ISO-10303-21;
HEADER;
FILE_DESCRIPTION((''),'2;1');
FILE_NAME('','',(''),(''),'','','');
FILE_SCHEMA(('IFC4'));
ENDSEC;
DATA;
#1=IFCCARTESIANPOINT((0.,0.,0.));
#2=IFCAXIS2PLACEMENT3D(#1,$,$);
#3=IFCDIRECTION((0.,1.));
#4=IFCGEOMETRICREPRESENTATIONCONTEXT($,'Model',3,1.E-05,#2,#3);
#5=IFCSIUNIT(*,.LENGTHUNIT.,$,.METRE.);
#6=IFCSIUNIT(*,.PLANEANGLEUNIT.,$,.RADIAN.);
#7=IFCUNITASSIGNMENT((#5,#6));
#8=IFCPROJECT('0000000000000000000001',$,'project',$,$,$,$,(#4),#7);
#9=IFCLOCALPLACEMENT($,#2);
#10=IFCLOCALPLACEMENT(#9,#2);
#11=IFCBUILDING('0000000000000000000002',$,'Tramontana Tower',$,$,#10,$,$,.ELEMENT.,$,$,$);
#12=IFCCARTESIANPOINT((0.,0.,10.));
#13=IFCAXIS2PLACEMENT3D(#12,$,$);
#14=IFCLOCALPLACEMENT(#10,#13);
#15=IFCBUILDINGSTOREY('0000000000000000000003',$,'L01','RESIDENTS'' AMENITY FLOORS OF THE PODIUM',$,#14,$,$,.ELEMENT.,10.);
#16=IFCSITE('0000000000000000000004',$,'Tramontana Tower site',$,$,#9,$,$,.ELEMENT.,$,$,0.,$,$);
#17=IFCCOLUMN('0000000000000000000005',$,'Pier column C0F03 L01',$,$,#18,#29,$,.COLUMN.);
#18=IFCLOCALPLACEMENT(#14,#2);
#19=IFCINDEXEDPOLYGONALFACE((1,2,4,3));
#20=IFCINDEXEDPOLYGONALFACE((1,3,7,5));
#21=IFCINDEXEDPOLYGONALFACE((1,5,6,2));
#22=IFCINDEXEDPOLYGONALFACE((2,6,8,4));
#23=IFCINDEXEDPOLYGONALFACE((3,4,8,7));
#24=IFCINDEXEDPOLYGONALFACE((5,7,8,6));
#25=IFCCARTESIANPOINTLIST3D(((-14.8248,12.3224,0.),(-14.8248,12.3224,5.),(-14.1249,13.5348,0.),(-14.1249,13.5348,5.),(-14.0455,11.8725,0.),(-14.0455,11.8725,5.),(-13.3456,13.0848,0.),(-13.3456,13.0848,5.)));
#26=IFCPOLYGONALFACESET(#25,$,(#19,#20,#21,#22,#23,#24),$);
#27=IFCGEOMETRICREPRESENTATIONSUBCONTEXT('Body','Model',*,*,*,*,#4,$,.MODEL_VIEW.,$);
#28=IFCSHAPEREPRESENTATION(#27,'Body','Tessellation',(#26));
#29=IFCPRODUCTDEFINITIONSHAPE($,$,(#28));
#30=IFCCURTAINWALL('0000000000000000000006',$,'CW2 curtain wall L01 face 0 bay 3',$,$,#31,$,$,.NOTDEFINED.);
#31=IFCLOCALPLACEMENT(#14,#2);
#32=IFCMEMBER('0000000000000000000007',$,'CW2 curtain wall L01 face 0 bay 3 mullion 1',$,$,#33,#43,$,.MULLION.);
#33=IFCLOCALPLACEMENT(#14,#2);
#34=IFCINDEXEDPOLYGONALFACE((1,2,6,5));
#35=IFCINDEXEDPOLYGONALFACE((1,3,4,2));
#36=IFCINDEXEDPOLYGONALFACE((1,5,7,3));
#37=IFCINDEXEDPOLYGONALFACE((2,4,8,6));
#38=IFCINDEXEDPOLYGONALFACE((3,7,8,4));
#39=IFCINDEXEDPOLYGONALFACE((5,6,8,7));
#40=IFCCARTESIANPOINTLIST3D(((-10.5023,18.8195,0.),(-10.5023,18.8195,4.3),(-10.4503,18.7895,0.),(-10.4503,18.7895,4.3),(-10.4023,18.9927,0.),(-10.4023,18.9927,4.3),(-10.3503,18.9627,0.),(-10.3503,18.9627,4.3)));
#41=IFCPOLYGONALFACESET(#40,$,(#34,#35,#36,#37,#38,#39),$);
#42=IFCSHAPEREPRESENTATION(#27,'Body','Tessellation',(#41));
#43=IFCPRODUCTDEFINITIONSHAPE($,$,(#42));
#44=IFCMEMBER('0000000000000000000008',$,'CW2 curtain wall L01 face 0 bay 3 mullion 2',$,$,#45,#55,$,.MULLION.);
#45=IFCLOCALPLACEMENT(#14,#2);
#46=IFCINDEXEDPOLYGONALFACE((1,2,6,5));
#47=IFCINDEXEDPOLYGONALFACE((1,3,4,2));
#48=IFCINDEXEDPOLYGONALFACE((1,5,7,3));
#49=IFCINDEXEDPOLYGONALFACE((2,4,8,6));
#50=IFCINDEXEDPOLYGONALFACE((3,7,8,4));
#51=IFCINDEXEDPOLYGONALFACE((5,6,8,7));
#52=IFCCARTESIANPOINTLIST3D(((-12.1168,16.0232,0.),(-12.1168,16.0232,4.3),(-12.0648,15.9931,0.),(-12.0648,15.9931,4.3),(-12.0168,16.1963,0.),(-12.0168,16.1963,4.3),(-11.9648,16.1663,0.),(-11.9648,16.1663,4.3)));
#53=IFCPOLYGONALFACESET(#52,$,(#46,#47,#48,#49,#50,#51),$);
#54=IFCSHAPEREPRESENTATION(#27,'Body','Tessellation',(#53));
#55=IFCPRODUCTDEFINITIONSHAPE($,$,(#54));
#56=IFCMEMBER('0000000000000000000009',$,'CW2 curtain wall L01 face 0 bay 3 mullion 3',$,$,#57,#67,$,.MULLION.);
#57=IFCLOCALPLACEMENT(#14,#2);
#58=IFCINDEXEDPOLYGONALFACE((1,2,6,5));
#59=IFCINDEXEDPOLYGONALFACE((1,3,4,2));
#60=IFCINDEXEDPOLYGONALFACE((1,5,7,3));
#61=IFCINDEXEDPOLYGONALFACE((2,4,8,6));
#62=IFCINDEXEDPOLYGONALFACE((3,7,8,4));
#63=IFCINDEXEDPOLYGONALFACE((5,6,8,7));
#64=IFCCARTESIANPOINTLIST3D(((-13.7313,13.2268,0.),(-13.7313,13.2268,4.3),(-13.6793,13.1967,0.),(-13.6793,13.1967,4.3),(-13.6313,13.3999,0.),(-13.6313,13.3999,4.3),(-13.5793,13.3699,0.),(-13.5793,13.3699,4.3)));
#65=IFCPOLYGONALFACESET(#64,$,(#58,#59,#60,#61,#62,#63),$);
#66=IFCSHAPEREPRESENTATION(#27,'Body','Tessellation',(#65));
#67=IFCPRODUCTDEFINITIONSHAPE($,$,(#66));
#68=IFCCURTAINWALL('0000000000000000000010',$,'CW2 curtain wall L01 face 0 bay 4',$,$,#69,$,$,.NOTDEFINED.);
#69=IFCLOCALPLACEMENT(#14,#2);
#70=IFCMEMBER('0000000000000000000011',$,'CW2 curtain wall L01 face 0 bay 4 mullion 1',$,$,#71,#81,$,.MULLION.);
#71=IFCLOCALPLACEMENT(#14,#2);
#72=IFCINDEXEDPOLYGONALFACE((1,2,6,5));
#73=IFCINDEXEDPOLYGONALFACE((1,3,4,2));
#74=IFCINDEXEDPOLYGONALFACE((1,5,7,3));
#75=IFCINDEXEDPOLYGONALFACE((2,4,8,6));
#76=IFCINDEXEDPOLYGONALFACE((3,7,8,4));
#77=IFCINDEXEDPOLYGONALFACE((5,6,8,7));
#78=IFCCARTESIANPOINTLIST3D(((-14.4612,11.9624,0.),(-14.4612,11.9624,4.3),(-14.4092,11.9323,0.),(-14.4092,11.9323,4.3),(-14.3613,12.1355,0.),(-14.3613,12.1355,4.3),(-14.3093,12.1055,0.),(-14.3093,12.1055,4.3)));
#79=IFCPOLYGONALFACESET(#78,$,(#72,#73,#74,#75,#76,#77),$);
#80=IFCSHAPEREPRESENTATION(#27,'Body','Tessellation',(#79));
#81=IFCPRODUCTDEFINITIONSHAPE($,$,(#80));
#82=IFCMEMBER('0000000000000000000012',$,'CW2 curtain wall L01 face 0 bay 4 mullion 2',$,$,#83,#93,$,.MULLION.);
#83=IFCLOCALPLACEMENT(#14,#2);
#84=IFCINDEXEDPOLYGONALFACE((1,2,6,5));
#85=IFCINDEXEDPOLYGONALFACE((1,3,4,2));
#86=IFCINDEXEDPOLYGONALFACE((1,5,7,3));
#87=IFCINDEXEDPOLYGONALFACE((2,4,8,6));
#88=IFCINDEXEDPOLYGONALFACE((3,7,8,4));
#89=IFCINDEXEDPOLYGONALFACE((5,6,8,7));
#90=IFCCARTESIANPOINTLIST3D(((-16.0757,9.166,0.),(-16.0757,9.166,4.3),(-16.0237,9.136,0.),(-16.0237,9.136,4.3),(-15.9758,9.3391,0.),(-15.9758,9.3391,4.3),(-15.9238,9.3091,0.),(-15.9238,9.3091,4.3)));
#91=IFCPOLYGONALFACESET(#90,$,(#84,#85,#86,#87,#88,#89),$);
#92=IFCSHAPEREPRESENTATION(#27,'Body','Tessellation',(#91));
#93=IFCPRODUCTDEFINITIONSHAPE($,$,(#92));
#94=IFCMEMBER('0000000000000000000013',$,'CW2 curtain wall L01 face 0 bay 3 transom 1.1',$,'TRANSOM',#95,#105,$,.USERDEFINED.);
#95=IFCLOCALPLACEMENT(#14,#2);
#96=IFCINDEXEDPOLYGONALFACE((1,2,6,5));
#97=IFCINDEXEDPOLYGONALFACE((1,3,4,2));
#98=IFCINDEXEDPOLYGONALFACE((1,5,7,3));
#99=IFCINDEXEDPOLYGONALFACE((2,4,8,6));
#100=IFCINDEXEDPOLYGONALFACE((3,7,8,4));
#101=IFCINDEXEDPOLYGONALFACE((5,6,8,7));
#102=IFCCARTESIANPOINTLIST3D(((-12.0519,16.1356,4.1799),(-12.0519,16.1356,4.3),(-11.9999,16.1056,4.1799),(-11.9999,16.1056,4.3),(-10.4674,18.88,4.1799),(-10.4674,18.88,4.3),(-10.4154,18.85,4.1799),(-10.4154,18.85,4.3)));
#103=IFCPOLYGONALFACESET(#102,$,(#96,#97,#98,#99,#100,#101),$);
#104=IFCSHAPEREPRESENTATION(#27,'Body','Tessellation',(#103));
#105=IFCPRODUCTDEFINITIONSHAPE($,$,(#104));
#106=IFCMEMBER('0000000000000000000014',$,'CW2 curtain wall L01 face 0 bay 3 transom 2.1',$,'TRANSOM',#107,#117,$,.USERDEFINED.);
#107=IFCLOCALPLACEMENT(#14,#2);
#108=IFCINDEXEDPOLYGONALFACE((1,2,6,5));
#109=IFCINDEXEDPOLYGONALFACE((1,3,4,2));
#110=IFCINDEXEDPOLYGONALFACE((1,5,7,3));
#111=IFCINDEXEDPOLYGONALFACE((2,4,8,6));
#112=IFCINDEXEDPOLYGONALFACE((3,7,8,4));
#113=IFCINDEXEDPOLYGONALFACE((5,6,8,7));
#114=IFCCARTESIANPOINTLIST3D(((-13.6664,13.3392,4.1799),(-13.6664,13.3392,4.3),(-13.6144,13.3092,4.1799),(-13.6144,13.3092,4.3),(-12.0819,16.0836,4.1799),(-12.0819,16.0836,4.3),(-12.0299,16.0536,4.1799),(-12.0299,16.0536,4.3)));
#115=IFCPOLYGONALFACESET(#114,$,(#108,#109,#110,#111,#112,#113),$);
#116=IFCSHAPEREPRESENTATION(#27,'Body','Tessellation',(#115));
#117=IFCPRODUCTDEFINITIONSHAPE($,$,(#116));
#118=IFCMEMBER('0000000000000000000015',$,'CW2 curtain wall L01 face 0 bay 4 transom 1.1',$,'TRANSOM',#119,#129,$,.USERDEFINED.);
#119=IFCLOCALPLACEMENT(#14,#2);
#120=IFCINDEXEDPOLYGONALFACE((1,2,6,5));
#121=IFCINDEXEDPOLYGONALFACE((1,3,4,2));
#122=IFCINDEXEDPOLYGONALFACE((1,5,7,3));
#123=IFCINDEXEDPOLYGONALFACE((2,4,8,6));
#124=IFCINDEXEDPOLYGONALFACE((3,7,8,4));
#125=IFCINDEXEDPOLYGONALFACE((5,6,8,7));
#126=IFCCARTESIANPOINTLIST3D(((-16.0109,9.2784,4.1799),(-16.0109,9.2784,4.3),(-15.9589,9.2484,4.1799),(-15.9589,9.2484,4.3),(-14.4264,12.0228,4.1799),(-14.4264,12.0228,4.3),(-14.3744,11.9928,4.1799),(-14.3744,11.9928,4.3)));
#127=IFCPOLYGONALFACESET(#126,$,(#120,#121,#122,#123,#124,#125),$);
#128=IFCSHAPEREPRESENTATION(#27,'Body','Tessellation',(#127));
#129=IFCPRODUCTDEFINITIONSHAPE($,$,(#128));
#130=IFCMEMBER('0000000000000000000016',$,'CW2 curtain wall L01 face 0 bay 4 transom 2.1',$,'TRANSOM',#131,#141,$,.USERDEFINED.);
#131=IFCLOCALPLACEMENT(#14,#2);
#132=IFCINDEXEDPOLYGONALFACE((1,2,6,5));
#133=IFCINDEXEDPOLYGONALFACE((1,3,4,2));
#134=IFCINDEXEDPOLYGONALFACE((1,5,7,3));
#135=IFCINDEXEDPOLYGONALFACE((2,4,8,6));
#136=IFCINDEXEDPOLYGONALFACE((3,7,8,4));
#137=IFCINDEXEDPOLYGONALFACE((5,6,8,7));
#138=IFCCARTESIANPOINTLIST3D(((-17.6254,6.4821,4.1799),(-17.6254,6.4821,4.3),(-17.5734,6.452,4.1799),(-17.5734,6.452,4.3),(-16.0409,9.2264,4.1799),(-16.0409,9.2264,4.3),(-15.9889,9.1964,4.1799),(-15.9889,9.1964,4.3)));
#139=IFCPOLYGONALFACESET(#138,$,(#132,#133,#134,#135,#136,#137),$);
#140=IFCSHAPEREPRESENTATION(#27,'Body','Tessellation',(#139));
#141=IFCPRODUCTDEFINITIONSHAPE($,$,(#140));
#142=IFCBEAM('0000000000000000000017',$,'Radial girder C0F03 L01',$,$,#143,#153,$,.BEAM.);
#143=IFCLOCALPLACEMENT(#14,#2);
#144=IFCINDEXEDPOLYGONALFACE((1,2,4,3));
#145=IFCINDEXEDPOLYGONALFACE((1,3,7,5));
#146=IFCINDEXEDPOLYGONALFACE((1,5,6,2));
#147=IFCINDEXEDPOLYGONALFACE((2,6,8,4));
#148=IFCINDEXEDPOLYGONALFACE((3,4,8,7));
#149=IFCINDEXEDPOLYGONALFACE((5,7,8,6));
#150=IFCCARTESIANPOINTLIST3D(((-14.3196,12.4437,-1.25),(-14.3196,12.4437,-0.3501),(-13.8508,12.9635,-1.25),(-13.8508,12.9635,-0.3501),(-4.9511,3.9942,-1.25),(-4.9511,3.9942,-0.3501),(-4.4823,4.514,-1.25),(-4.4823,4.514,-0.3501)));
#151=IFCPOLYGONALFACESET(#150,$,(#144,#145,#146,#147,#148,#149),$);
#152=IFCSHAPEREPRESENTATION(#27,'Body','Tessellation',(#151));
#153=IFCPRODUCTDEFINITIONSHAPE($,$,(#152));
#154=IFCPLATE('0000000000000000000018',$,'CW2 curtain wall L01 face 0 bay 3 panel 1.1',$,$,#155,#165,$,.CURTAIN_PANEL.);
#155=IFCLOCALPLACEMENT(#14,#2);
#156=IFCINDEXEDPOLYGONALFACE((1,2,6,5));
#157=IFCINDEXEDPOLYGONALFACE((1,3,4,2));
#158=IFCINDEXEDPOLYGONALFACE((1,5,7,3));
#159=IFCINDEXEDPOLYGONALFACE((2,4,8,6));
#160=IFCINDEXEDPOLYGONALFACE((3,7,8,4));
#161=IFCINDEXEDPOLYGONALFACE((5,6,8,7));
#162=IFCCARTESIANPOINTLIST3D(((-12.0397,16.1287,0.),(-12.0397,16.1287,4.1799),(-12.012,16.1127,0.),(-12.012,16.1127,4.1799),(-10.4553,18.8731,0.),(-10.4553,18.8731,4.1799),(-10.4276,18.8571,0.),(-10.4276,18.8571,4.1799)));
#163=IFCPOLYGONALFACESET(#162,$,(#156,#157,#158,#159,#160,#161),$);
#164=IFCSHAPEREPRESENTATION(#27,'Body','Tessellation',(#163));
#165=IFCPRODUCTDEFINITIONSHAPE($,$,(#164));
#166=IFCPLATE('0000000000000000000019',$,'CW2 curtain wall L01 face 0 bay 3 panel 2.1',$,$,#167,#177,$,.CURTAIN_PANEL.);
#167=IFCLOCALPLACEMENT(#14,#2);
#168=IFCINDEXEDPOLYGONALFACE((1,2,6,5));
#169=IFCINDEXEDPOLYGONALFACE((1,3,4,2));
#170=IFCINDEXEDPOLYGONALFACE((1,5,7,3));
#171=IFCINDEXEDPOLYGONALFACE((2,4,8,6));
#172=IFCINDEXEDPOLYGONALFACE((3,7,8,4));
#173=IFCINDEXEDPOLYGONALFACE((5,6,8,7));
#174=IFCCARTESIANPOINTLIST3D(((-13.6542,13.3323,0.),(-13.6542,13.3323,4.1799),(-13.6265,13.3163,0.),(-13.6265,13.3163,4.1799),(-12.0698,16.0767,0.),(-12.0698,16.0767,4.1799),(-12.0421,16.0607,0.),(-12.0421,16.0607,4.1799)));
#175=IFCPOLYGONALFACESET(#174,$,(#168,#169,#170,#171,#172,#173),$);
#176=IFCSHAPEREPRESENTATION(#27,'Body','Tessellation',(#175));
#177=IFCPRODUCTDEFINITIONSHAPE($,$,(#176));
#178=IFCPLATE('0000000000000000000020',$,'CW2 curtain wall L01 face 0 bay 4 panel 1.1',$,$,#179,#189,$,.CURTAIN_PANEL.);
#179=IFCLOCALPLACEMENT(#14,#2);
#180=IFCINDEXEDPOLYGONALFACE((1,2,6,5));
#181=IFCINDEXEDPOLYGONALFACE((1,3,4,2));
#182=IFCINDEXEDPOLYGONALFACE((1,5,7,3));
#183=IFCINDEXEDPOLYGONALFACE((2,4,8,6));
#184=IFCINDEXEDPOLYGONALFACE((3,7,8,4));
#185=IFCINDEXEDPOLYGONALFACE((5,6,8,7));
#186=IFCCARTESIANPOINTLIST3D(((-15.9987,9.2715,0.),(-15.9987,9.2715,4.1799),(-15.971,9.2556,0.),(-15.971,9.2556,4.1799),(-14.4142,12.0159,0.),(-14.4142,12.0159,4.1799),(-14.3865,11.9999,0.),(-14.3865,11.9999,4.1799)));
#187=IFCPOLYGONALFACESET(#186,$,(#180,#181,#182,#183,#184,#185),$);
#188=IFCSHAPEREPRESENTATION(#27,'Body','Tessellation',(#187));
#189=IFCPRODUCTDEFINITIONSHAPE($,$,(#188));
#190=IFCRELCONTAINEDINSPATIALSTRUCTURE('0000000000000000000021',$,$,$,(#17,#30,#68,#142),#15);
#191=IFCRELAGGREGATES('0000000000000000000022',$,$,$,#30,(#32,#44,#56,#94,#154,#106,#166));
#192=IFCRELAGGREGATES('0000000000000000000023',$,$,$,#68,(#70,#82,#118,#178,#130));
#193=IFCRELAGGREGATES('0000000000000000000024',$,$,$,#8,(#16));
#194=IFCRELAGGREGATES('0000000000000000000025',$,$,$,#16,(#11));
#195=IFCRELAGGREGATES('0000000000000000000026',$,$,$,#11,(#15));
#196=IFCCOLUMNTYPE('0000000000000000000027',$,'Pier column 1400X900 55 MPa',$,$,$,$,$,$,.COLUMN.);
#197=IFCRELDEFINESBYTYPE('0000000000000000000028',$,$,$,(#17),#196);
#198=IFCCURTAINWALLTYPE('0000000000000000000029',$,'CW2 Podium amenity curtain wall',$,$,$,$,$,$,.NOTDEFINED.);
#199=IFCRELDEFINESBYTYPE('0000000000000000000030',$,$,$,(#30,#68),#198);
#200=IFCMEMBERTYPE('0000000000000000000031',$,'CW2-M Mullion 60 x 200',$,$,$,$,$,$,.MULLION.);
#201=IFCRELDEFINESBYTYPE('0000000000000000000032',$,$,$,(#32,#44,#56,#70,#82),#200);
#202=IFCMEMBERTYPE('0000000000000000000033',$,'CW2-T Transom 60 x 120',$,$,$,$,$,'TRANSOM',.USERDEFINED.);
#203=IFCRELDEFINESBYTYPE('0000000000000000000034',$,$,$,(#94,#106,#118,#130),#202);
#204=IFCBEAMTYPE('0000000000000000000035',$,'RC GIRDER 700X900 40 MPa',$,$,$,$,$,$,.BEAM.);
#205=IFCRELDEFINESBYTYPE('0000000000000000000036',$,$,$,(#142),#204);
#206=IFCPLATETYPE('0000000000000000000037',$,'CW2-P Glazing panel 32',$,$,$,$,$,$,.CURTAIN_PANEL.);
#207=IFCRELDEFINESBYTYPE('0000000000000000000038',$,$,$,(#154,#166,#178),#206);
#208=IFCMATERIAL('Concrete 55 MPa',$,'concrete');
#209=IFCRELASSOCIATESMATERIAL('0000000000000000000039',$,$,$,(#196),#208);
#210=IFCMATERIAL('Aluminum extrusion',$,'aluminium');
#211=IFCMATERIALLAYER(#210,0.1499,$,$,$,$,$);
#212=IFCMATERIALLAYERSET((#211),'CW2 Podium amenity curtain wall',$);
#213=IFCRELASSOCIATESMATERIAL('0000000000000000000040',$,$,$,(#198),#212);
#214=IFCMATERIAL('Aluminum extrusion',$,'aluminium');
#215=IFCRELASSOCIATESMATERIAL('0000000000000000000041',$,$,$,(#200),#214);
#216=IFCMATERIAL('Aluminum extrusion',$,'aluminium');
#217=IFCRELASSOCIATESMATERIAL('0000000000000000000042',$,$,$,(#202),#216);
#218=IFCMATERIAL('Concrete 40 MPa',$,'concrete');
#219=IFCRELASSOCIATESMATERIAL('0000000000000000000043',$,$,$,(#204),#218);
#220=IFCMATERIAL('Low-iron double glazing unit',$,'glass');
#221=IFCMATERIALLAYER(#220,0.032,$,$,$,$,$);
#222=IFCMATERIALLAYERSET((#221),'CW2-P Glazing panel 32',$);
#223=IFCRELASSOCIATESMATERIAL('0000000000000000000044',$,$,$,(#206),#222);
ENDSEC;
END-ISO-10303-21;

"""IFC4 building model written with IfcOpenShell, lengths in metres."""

from ifc_helpers import new_model, si_unit, direction, frame, origin, origin_2d, place, context, subcontext, project, spatial, rectangle, extrude, material, layer, layer_set, material_profile, profile_set, type_object, element, aggregate, save


model = new_model("IFC4")

# Units and contexts
model_context = context("Model", 3, precision=1e-05, world=origin(), true_north=direction((0.0, 1.0)))
body_context = subcontext(model_context, "Body", "Model", "MODEL_VIEW")
ifc_project = project(units=[si_unit("LENGTHUNIT", "METRE"), si_unit("PLANEANGLEUNIT", "RADIAN")], contexts=[model_context])

# Site, building, storey
site_placement = place(None, origin())
site = spatial("IfcSite", under=ifc_project, at=site_placement, Name="Tramontana Tower site", CompositionType="ELEMENT", RefElevation=0.0)
building_placement = place(site_placement, origin())
building = spatial("IfcBuilding", under=site, at=building_placement, Name="Tramontana Tower", CompositionType="ELEMENT")
storey_placement = place(building_placement, frame((0.0, 0.0, 10.0)))
storey = spatial("IfcBuildingStorey", under=building, at=storey_placement, Name="L01", Description="RESIDENTS' AMENITY FLOORS OF THE PODIUM", CompositionType="ELEMENT", Elevation=10.0)

# Column
ifc_material_1 = material(Name="Concrete 55 MPa", Category="concrete")
ifc_material_profile_1 = material_profile(ifc_material_1, rectangle(XDim=1.3999, YDim=0.8999, at=origin_2d()), Name="Pier column 1400X900 55 MPa")
ifc_profile_set_1 = profile_set([ifc_material_profile_1], Name="Concrete 55 MPa")
column_type = type_object("IfcColumnType", Name="Pier column 1400X900 55 MPa", PredefinedType="COLUMN", material=ifc_profile_set_1)
column_placement = place(storey_placement, frame((-14.0852, 12.7036, 0.0), z_axis=(0.0, 0.0, 1.0), x_axis=(-0.5, -0.866025, 0.0)))
element("IfcColumn", 1, at=column_placement, inside=storey, type_object=column_type, Name="Pier column C0F03 L01", PredefinedType="COLUMN", context=body_context, shape_type="SweptSolid", body=[
    extrude(rectangle(XDim=1.3999, YDim=0.8999, at=origin_2d()), origin(), (0.0, 0.0, 1.0), 5.0),
])

# Curtain walls, members
ifc_material_2 = material(Name="Aluminum extrusion", Category="aluminium")
ifc_layer_1 = layer(ifc_material_2, 0.1499)
ifc_layer_set_1 = layer_set([ifc_layer_1], Name="CW2 Podium amenity curtain wall")
curtain_wall_type = type_object("IfcCurtainWallType", Name="CW2 Podium amenity curtain wall", PredefinedType="NOTDEFINED", material=ifc_layer_set_1)
curtain_wall_1_placement = place(storey_placement, origin())
curtain_wall_1 = element("IfcCurtainWall", 2, at=curtain_wall_1_placement, inside=storey, type_object=curtain_wall_type, Name="CW2 curtain wall L01 face 0 bay 3", PredefinedType="NOTDEFINED")
ifc_material_3 = material(Name="Aluminum extrusion", Category="aluminium")
ifc_material_profile_2 = material_profile(ifc_material_3, rectangle(XDim=0.0601, YDim=0.2, at=origin_2d()), Name="CW2-M Mullion 60 x 200")
ifc_profile_set_2 = profile_set([ifc_material_profile_2], Name="Aluminum extrusion")
member_type_1 = type_object("IfcMemberType", Name="CW2-M Mullion 60 x 200", PredefinedType="MULLION", material=ifc_profile_set_2)
member_1_placement = place(storey_placement, frame((-10.4263, 18.8911, 0.0), z_axis=(0.0, 0.0, 1.0), x_axis=(0.866025, -0.5, 0.0)))
member_1 = element("IfcMember", 3, at=member_1_placement, type_object=member_type_1, Name="CW2 curtain wall L01 face 0 bay 3 mullion 1", PredefinedType="MULLION", context=body_context, shape_type="SweptSolid", body=[
    extrude(rectangle(XDim=0.0601, YDim=0.2, at=origin_2d()), origin(), (0.0, 0.0, 1.0), 4.3),
])
member_2_placement = place(storey_placement, frame((-12.0408, 16.0947, 0.0), z_axis=(0.0, 0.0, 1.0), x_axis=(0.866025, -0.5, 0.0)))
member_2 = element("IfcMember", 4, at=member_2_placement, type_object=member_type_1, Name="CW2 curtain wall L01 face 0 bay 3 mullion 2", PredefinedType="MULLION", context=body_context, shape_type="SweptSolid", body=[
    extrude(rectangle(XDim=0.0601, YDim=0.2, at=origin_2d()), origin(), (0.0, 0.0, 1.0), 4.3),
])
member_3_placement = place(storey_placement, frame((-13.6553, 13.2983, 0.0), z_axis=(0.0, 0.0, 1.0), x_axis=(0.866025, -0.5, 0.0)))
member_3 = element("IfcMember", 5, at=member_3_placement, type_object=member_type_1, Name="CW2 curtain wall L01 face 0 bay 3 mullion 3", PredefinedType="MULLION", context=body_context, shape_type="SweptSolid", body=[
    extrude(rectangle(XDim=0.0601, YDim=0.2, at=origin_2d()), origin(), (0.0, 0.0, 1.0), 4.3),
])
curtain_wall_2_placement = place(storey_placement, origin())
curtain_wall_2 = element("IfcCurtainWall", 6, at=curtain_wall_2_placement, inside=storey, type_object=curtain_wall_type, Name="CW2 curtain wall L01 face 0 bay 4", PredefinedType="NOTDEFINED")
member_4_placement = place(storey_placement, frame((-14.3853, 12.0339, 0.0), z_axis=(0.0, 0.0, 1.0), x_axis=(0.866025, -0.5, 0.0)))
member_4 = element("IfcMember", 7, at=member_4_placement, type_object=member_type_1, Name="CW2 curtain wall L01 face 0 bay 4 mullion 1", PredefinedType="MULLION", context=body_context, shape_type="SweptSolid", body=[
    extrude(rectangle(XDim=0.0601, YDim=0.2, at=origin_2d()), origin(), (0.0, 0.0, 1.0), 4.3),
])
member_5_placement = place(storey_placement, frame((-15.9998, 9.2375, 0.0), z_axis=(0.0, 0.0, 1.0), x_axis=(0.866025, -0.5, 0.0)))
member_5 = element("IfcMember", 8, at=member_5_placement, type_object=member_type_1, Name="CW2 curtain wall L01 face 0 bay 4 mullion 2", PredefinedType="MULLION", context=body_context, shape_type="SweptSolid", body=[
    extrude(rectangle(XDim=0.0601, YDim=0.2, at=origin_2d()), origin(), (0.0, 0.0, 1.0), 4.3),
])

# Members
ifc_material_4 = material(Name="Aluminum extrusion", Category="aluminium")
ifc_material_profile_3 = material_profile(ifc_material_4, rectangle(XDim=0.0601, YDim=0.1201, at=origin_2d()), Name="CW2-T Transom 60 x 120")
ifc_profile_set_3 = profile_set([ifc_material_profile_3], Name="Aluminum extrusion")
member_type_2 = type_object("IfcMemberType", Name="CW2-T Transom 60 x 120", ElementType="TRANSOM", PredefinedType="USERDEFINED", material=ifc_profile_set_3)
member_6_placement = place(storey_placement, frame((-10.4414, 18.865, 4.24), z_axis=(-0.5, -0.866025, 0.0), x_axis=(0.866025, -0.5, 0.0)))
member_6 = element("IfcMember", 9, at=member_6_placement, type_object=member_type_2, Name="CW2 curtain wall L01 face 0 bay 3 transom 1.1", ObjectType="TRANSOM", PredefinedType="USERDEFINED", context=body_context, shape_type="SweptSolid", body=[
    extrude(rectangle(XDim=0.0601, YDim=0.1201, at=origin_2d()), origin(), (0.0, 0.0, 1.0), 3.1689),
])
member_7_placement = place(storey_placement, frame((-12.0559, 16.0686, 4.24), z_axis=(-0.5, -0.866025, 0.0), x_axis=(0.866025, -0.5, 0.0)))
member_7 = element("IfcMember", 10, at=member_7_placement, type_object=member_type_2, Name="CW2 curtain wall L01 face 0 bay 3 transom 2.1", ObjectType="TRANSOM", PredefinedType="USERDEFINED", context=body_context, shape_type="SweptSolid", body=[
    extrude(rectangle(XDim=0.0601, YDim=0.1201, at=origin_2d()), origin(), (0.0, 0.0, 1.0), 3.1689),
])
member_8_placement = place(storey_placement, frame((-14.4004, 12.0078, 4.24), z_axis=(-0.5, -0.866025, 0.0), x_axis=(0.866025, -0.5, 0.0)))
member_8 = element("IfcMember", 11, at=member_8_placement, type_object=member_type_2, Name="CW2 curtain wall L01 face 0 bay 4 transom 1.1", ObjectType="TRANSOM", PredefinedType="USERDEFINED", context=body_context, shape_type="SweptSolid", body=[
    extrude(rectangle(XDim=0.0601, YDim=0.1201, at=origin_2d()), origin(), (0.0, 0.0, 1.0), 3.1689),
])
member_9_placement = place(storey_placement, frame((-16.0149, 9.2114, 4.24), z_axis=(-0.5, -0.866025, 0.0), x_axis=(0.866025, -0.5, 0.0)))
member_9 = element("IfcMember", 12, at=member_9_placement, type_object=member_type_2, Name="CW2 curtain wall L01 face 0 bay 4 transom 2.1", ObjectType="TRANSOM", PredefinedType="USERDEFINED", context=body_context, shape_type="SweptSolid", body=[
    extrude(rectangle(XDim=0.0601, YDim=0.1201, at=origin_2d()), origin(), (0.0, 0.0, 1.0), 3.1689),
])

# Beam
ifc_material_5 = material(Name="Concrete 40 MPa", Category="concrete")
ifc_material_profile_4 = material_profile(ifc_material_5, rectangle(XDim=0.7, YDim=0.8999, at=origin_2d()), Name="RC GIRDER 700X900 40 MPa")
ifc_profile_set_4 = profile_set([ifc_material_profile_4], Name="Concrete 40 MPa")
beam_type = type_object("IfcBeamType", Name="RC GIRDER 700X900 40 MPa", PredefinedType="BEAM", material=ifc_profile_set_4)
beam_placement = place(storey_placement, frame((-14.0852, 12.7036, -0.8), z_axis=(0.742588, -0.669748, 0.0), x_axis=(0.669748, 0.742588, 0.0)))
element("IfcBeam", 13, at=beam_placement, inside=storey, type_object=beam_type, Name="Radial girder C0F03 L01", PredefinedType="BEAM", context=body_context, shape_type="SweptSolid", body=[
    extrude(rectangle(XDim=0.7, YDim=0.8999, at=origin_2d()), origin(), (0.0, 0.0, 1.0), 12.616),
])

# Plates
ifc_material_6 = material(Name="Low-iron double glazing unit", Category="glass")
ifc_layer_2 = layer(ifc_material_6, 0.032)
ifc_layer_set_2 = layer_set([ifc_layer_2], Name="CW2-P Glazing panel 32")
plate_type = type_object("IfcPlateType", Name="CW2-P Glazing panel 32", PredefinedType="CURTAIN_PANEL", material=ifc_layer_set_2)
plate_1_placement = place(storey_placement, frame((-11.2336, 17.4929, 0.0), z_axis=(0.0, 0.0, 1.0), x_axis=(-0.5, -0.866025, 0.0)))
plate_1 = element("IfcPlate", 14, at=plate_1_placement, type_object=plate_type, Name="CW2 curtain wall L01 face 0 bay 3 panel 1.1", PredefinedType="CURTAIN_PANEL", context=body_context, shape_type="SweptSolid", body=[
    extrude(rectangle(XDim=3.1689, YDim=0.032, at=origin_2d()), origin(), (0.0, 0.0, 1.0), 4.1799),
])
plate_2_placement = place(storey_placement, frame((-12.8481, 14.6965, 0.0), z_axis=(0.0, 0.0, 1.0), x_axis=(-0.5, -0.866025, 0.0)))
plate_2 = element("IfcPlate", 15, at=plate_2_placement, type_object=plate_type, Name="CW2 curtain wall L01 face 0 bay 3 panel 2.1", PredefinedType="CURTAIN_PANEL", context=body_context, shape_type="SweptSolid", body=[
    extrude(rectangle(XDim=3.1689, YDim=0.032, at=origin_2d()), origin(), (0.0, 0.0, 1.0), 4.1799),
])
aggregate(curtain_wall_1, [member_1, member_2, member_3, member_6, plate_1, member_7, plate_2])
plate_3_placement = place(storey_placement, frame((-15.1926, 10.6357, 0.0), z_axis=(0.0, 0.0, 1.0), x_axis=(-0.5, -0.866025, 0.0)))
plate_3 = element("IfcPlate", 16, at=plate_3_placement, type_object=plate_type, Name="CW2 curtain wall L01 face 0 bay 4 panel 1.1", PredefinedType="CURTAIN_PANEL", context=body_context, shape_type="SweptSolid", body=[
    extrude(rectangle(XDim=3.1689, YDim=0.032, at=origin_2d()), origin(), (0.0, 0.0, 1.0), 4.1799),
])
aggregate(curtain_wall_2, [member_4, member_5, member_8, plate_3, member_9])

save(model, "model.ifc")
